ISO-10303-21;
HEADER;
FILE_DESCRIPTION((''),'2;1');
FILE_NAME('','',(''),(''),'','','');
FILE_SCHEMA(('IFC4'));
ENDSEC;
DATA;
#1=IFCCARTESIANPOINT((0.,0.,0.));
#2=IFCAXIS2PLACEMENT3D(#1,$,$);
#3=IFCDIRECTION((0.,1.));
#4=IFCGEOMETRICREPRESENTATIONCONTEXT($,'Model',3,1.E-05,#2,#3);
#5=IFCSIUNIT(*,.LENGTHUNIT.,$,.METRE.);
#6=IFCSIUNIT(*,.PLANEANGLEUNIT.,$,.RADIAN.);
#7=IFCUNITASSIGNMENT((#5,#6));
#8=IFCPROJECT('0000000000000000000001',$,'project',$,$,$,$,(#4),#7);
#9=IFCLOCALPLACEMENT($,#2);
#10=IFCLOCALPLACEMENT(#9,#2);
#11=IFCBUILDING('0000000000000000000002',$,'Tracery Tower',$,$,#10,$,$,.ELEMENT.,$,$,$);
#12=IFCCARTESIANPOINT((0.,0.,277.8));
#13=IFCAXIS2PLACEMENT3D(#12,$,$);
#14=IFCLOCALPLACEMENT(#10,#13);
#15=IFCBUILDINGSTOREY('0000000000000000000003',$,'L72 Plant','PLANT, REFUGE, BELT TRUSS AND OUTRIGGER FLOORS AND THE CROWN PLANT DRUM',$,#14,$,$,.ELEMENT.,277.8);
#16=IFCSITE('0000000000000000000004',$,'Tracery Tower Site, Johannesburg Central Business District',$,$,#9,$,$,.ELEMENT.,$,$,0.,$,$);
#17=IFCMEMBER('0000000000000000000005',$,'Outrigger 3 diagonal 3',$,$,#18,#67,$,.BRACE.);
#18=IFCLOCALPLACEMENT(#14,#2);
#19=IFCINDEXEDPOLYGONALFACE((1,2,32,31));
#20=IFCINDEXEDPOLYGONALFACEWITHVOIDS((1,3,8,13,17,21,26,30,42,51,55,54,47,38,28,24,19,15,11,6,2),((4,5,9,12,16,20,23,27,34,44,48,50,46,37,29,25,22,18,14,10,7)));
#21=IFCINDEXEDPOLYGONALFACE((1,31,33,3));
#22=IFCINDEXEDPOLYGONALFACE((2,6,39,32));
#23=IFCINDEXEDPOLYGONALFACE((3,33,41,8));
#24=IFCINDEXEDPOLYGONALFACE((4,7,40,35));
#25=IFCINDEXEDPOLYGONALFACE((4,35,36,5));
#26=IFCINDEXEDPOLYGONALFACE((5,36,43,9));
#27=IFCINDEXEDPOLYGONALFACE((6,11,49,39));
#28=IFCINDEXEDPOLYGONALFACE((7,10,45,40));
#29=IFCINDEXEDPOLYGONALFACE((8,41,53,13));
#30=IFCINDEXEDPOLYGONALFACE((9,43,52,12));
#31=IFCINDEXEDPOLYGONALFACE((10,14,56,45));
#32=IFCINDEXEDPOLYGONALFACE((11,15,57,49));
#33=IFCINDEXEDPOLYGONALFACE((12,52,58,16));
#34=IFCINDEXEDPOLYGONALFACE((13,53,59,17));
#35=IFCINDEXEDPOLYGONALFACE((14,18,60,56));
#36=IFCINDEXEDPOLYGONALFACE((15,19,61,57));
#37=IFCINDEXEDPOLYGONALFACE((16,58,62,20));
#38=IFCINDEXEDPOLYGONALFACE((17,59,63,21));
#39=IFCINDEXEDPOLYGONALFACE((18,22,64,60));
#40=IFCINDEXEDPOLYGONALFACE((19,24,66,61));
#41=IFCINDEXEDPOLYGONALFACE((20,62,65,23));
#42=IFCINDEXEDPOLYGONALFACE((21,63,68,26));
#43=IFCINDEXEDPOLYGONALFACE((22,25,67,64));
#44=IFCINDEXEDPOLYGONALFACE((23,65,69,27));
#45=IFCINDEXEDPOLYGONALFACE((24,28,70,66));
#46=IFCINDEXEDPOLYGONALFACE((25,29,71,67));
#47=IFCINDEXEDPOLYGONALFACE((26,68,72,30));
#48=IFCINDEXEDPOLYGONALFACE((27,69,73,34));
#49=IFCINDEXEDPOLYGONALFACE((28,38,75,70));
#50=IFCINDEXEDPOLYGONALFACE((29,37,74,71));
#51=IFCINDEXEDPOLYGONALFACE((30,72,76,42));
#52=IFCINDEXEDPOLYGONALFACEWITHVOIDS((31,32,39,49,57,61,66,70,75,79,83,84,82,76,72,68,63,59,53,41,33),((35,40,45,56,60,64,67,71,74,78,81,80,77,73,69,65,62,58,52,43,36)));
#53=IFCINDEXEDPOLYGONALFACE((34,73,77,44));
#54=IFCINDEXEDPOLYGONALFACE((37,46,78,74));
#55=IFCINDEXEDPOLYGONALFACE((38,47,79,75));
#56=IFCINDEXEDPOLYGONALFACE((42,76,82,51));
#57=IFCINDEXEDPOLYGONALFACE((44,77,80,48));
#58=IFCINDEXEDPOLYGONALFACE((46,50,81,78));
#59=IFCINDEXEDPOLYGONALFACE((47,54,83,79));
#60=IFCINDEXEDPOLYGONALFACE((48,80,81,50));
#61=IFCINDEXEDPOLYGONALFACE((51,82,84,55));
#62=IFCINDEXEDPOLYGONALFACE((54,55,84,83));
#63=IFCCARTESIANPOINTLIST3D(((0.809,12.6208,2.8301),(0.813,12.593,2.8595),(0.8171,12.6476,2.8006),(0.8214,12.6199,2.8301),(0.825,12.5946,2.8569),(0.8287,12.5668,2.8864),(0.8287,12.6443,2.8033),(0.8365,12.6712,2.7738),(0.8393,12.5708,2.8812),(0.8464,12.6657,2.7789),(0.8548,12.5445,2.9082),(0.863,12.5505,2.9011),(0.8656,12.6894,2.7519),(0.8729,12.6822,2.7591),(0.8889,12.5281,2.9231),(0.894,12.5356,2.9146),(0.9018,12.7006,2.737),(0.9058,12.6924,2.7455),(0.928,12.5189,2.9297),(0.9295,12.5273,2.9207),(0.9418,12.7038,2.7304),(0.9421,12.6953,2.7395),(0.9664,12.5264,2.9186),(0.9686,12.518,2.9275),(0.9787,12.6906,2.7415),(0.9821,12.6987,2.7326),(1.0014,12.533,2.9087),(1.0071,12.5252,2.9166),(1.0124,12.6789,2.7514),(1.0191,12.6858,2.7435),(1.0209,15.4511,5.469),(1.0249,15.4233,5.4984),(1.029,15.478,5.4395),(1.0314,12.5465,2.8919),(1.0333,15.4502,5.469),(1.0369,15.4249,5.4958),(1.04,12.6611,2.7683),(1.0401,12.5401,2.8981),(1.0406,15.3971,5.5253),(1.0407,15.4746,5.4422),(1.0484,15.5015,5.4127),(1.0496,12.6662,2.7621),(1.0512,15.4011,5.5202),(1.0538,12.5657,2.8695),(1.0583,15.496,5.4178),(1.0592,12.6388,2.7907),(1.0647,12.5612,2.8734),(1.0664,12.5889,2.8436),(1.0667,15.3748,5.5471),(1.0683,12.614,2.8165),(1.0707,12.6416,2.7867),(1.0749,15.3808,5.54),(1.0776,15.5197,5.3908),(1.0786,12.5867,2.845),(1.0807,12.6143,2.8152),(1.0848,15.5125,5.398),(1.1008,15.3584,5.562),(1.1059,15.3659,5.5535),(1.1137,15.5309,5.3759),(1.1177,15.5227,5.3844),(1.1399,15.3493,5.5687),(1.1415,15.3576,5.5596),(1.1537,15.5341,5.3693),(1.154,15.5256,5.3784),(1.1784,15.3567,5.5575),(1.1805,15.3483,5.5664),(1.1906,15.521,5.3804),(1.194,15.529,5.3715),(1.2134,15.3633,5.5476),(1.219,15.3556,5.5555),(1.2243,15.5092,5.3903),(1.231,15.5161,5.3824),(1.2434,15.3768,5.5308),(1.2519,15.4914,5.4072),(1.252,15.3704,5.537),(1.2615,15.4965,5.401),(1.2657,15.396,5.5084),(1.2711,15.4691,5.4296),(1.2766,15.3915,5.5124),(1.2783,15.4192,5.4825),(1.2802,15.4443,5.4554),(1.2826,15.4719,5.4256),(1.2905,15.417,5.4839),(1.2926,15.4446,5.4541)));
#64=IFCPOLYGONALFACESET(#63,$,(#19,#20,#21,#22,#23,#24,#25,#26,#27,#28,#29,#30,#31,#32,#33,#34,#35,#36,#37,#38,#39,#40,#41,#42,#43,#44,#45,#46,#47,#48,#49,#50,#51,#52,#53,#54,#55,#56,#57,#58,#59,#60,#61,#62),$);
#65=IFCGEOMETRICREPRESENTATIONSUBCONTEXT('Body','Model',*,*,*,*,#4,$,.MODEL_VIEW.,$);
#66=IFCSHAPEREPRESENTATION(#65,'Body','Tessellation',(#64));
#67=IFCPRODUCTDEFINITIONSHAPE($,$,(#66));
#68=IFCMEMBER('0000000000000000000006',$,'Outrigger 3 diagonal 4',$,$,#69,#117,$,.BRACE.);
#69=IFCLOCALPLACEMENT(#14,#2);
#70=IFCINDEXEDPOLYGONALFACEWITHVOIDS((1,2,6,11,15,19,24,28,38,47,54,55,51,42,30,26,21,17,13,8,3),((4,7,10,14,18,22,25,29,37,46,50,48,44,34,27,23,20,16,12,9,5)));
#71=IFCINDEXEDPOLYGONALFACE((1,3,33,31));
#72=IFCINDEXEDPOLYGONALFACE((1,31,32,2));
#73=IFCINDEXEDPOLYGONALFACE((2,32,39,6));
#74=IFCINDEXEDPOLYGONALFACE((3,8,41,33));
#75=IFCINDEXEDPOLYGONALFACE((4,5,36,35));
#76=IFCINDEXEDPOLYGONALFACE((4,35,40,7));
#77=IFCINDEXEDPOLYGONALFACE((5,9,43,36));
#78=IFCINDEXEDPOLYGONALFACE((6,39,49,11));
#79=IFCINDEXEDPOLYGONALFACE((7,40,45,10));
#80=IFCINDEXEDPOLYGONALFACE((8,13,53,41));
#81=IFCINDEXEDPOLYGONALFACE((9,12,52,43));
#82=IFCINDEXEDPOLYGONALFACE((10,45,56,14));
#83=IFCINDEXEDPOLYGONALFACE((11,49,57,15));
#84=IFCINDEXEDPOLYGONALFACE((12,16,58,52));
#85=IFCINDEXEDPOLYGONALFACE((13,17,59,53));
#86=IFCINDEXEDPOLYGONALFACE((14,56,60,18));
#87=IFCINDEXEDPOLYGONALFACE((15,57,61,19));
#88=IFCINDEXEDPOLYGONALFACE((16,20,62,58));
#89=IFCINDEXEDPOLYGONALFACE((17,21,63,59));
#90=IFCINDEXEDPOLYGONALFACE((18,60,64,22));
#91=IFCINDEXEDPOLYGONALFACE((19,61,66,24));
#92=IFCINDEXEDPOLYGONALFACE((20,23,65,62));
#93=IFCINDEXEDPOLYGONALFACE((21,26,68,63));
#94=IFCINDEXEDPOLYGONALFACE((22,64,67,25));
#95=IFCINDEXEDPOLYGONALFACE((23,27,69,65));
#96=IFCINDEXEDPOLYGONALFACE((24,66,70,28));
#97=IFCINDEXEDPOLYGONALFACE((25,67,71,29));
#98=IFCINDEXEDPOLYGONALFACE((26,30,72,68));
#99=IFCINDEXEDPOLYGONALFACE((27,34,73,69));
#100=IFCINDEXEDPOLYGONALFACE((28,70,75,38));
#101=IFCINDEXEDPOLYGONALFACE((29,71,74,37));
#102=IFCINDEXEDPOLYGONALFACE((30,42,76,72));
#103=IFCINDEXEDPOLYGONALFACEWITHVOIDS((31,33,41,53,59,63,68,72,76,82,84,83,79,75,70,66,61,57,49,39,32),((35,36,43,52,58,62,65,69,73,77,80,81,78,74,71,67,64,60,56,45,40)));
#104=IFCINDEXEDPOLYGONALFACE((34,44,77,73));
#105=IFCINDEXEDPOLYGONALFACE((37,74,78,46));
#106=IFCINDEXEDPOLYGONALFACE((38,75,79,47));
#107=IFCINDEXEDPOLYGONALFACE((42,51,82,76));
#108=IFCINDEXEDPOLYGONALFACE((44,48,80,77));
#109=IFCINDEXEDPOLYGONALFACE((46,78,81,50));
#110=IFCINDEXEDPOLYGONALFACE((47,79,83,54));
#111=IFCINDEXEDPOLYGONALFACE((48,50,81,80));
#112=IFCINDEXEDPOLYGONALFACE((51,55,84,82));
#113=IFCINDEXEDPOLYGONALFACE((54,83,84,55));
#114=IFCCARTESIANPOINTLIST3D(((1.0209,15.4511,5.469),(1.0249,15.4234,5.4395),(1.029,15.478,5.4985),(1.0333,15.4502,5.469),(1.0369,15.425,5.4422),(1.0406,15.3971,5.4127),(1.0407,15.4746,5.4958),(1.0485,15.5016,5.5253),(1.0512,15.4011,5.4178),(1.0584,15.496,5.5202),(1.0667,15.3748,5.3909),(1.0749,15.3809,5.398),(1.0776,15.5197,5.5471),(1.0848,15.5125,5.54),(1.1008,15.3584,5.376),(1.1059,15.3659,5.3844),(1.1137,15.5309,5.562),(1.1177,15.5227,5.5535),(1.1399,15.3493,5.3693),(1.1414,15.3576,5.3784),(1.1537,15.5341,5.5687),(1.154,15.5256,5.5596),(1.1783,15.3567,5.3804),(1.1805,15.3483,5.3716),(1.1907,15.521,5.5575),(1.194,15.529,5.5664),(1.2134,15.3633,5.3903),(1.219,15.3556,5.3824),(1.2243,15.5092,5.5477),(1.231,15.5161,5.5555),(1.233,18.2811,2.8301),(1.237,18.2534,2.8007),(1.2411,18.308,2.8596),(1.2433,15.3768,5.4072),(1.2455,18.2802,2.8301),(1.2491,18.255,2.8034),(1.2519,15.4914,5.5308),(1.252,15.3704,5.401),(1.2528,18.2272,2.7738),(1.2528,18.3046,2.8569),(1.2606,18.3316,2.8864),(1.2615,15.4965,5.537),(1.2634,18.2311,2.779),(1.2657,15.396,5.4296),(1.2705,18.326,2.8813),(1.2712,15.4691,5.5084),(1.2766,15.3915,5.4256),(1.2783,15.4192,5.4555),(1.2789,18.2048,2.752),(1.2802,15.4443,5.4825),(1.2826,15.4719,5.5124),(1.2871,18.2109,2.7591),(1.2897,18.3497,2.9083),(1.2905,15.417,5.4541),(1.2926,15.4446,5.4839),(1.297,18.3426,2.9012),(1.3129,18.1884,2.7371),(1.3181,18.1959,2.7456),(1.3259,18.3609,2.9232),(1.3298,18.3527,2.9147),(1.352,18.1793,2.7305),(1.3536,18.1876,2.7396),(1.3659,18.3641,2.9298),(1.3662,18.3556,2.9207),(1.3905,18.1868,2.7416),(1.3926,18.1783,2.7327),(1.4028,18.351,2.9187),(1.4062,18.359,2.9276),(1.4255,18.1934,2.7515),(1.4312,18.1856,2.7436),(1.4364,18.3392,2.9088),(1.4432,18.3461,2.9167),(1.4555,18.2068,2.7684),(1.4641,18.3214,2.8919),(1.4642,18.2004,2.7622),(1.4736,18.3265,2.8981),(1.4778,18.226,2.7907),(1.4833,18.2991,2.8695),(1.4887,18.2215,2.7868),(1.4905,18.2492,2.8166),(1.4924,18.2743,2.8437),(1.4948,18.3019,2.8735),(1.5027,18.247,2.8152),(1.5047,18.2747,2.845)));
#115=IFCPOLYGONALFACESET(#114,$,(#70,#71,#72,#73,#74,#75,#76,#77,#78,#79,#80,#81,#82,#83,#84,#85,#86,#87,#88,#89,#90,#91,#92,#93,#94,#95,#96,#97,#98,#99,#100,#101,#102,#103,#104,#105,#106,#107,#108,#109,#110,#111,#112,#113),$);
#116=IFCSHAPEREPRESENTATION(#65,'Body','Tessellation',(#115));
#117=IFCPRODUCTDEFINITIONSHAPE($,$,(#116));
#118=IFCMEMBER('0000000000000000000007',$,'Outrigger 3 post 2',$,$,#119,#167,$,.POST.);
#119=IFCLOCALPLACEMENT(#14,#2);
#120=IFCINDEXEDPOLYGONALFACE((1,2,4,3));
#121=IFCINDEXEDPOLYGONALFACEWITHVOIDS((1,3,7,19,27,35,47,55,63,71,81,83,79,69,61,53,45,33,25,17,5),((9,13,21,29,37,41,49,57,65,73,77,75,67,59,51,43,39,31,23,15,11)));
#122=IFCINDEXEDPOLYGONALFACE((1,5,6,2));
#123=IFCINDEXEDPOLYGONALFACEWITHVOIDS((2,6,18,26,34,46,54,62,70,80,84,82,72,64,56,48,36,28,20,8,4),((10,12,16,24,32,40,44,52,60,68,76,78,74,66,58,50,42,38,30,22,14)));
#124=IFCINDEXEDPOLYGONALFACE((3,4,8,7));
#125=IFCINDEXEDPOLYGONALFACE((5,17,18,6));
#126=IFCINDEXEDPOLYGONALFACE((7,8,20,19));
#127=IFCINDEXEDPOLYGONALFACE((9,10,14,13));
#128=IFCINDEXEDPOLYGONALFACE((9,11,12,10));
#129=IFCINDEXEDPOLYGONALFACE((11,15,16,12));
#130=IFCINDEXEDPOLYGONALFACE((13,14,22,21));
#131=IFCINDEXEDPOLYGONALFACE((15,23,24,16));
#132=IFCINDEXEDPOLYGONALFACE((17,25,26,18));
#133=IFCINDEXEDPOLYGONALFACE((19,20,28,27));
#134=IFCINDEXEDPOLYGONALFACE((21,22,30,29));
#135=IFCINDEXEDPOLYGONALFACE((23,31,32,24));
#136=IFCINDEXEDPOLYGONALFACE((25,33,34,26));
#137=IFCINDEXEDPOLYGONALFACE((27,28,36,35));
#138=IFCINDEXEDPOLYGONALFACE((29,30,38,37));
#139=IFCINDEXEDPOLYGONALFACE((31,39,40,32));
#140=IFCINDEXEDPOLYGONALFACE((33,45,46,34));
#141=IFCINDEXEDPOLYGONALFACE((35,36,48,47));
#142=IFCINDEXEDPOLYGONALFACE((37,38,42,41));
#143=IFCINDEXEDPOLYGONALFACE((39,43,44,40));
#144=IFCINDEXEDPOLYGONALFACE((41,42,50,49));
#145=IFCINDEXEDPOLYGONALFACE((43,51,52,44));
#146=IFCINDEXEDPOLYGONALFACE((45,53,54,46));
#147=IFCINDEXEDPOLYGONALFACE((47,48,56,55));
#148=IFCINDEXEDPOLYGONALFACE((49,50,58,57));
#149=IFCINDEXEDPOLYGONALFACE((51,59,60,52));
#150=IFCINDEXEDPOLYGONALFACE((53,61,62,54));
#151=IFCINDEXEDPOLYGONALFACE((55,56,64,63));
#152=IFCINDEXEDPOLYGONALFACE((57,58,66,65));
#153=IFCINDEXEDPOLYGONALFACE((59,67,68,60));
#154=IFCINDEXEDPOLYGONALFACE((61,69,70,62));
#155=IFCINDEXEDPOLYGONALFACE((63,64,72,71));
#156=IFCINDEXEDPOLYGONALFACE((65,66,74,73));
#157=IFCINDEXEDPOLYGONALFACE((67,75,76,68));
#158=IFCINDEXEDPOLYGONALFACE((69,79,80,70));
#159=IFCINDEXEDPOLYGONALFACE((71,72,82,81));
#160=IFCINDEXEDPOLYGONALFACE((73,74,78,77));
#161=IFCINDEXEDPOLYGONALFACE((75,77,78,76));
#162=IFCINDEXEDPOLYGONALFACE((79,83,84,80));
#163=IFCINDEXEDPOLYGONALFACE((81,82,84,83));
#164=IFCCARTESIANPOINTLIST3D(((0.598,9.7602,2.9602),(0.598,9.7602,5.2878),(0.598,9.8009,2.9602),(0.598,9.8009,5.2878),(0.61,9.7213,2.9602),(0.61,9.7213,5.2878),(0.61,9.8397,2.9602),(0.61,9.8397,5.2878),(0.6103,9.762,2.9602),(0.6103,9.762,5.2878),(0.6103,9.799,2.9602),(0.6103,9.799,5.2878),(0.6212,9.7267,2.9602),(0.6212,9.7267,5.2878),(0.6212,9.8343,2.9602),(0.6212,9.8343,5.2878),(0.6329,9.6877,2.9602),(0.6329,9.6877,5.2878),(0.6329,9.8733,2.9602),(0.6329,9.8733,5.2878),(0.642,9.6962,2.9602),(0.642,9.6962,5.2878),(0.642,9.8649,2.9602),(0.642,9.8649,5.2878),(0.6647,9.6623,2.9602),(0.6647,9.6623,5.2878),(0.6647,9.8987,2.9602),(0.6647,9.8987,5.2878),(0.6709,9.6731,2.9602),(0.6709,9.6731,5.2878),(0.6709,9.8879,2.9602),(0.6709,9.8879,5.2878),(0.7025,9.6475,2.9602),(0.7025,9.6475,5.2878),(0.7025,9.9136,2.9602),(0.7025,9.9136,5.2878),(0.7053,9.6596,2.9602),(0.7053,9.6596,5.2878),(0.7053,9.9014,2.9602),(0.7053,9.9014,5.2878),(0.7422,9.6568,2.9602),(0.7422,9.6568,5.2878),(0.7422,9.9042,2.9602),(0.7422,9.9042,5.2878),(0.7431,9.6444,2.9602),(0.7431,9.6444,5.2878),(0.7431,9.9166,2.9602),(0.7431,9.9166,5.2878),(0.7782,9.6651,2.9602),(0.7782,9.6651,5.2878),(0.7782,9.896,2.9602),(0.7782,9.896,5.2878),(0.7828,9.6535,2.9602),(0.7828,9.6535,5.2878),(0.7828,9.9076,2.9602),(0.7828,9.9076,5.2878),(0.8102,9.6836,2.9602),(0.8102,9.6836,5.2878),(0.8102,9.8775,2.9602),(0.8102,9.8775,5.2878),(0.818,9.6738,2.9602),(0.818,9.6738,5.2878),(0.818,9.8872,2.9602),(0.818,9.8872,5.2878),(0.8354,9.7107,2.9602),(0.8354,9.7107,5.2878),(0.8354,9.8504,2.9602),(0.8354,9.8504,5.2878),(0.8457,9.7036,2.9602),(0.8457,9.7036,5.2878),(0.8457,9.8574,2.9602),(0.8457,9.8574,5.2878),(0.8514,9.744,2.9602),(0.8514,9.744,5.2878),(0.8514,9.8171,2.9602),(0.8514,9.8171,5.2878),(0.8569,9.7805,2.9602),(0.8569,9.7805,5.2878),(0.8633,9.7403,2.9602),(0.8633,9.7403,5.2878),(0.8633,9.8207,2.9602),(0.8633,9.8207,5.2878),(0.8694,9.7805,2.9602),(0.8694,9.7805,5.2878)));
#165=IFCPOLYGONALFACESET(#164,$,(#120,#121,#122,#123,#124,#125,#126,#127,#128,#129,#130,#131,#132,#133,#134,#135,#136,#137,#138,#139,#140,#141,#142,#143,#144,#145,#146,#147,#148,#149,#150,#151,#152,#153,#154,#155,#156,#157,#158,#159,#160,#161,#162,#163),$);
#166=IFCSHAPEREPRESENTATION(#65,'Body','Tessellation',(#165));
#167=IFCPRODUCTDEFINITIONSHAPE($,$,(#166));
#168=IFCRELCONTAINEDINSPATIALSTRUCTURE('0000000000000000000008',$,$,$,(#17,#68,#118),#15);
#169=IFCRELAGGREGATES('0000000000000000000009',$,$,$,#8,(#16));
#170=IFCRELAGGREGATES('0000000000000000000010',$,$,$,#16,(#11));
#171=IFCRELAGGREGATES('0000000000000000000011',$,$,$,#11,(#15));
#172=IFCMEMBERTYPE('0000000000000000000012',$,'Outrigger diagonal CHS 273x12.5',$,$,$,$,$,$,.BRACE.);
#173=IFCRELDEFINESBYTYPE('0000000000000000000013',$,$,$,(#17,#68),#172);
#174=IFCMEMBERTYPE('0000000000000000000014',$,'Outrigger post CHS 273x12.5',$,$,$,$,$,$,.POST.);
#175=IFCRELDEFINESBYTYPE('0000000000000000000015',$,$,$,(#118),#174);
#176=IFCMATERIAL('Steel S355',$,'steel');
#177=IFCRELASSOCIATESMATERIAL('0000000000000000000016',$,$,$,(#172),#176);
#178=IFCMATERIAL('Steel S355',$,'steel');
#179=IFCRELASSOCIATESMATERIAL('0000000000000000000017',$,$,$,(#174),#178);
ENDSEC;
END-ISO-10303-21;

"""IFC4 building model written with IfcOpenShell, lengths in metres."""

from ifc_helpers import new_model, si_unit, direction, frame, origin, origin_2d, place, context, subcontext, project, spatial, hollow_circle, extrude, material, material_profile, profile_set, type_object, element, save


model = new_model("IFC4")

# Units and contexts
model_context = context("Model", 3, precision=1e-05, world=origin(), true_north=direction((0.0, 1.0)))
body_context = subcontext(model_context, "Body", "Model", "MODEL_VIEW")
ifc_project = project(units=[si_unit("LENGTHUNIT", "METRE"), si_unit("PLANEANGLEUNIT", "RADIAN")], contexts=[model_context])

# Site, building, storey
site_placement = place(None, origin())
site = spatial("IfcSite", under=ifc_project, at=site_placement, Name="Tracery Tower Site, Johannesburg Central Business District", CompositionType="ELEMENT", RefElevation=0.0)
building_placement = place(site_placement, origin())
building = spatial("IfcBuilding", under=site, at=building_placement, Name="Tracery Tower", CompositionType="ELEMENT")
storey_placement = place(building_placement, frame((0.0, 0.0, 277.8)))
storey = spatial("IfcBuildingStorey", under=building, at=storey_placement, Name="L72 Plant", Description="PLANT, REFUGE, BELT TRUSS AND OUTRIGGER FLOORS AND THE CROWN PLANT DRUM", CompositionType="ELEMENT", Elevation=277.8)

# Members
ifc_material_1 = material(Name="Steel S355", Category="steel")
ifc_material_profile_1 = material_profile(ifc_material_1, hollow_circle(Radius=0.1365, WallThickness=0.0125, at=origin_2d()), Name="CHS 273x12.5")
ifc_profile_set_1 = profile_set([ifc_material_profile_1], Name="Steel S355")
member_type_1 = type_object("IfcMemberType", Name="Outrigger diagonal CHS 273x12.5", PredefinedType="BRACE", material=ifc_profile_set_1)
member_1_placement = place(storey_placement, frame((0.9451, 12.6106, 2.8301), z_axis=(0.05468, 0.730311, 0.680923), x_axis=(-0.997209, 0.074664, 0.0)))
element("IfcMember", 1, at=member_1_placement, inside=storey, type_object=member_type_1, Name="Outrigger 3 diagonal 3", PredefinedType="BRACE", context=body_context, shape_type="SweptSolid", body=[
    extrude(hollow_circle(Radius=0.1365, WallThickness=0.0125, at=origin_2d()), origin(), (0.0, 0.0, 1.0), 3.8755),
])
member_2_placement = place(storey_placement, frame((1.157, 15.4409, 5.469), z_axis=(0.054746, 0.730279, -0.680951), x_axis=(-0.997202, 0.074756, 0.0)))
element("IfcMember", 2, at=member_2_placement, inside=storey, type_object=member_type_1, Name="Outrigger 3 diagonal 4", PredefinedType="BRACE", context=body_context, shape_type="SweptSolid", body=[
    extrude(hollow_circle(Radius=0.1365, WallThickness=0.0125, at=origin_2d()), origin(), (0.0, 0.0, 1.0), 3.8752),
])
ifc_material_2 = material(Name="Steel S355", Category="steel")
ifc_material_profile_2 = material_profile(ifc_material_2, hollow_circle(Radius=0.1365, WallThickness=0.0125, at=origin_2d()), Name="CHS 273x12.5")
ifc_profile_set_2 = profile_set([ifc_material_profile_2], Name="Steel S355")
member_type_2 = type_object("IfcMemberType", Name="Outrigger post CHS 273x12.5", PredefinedType="POST", material=ifc_profile_set_2)
for number, where, z_axis, x_axis, name in (
    (3, (0.7329, 9.7805, 2.9602), (0.0, 0.0, 1.0), (1.0, 0.0, 0.0), "Outrigger 3 post 2"),
):
    element("IfcMember", number, at=place(storey_placement, frame(where, z_axis=z_axis, x_axis=x_axis)), inside=storey, type_object=member_type_2, Name=name, PredefinedType="POST", context=body_context, shape_type="SweptSolid", body=[
        extrude(hollow_circle(Radius=0.1365, WallThickness=0.0125, at=origin_2d()), origin(), (0.0, 0.0, 1.0), 2.3276),
    ])

save(model, "model.ifc")
